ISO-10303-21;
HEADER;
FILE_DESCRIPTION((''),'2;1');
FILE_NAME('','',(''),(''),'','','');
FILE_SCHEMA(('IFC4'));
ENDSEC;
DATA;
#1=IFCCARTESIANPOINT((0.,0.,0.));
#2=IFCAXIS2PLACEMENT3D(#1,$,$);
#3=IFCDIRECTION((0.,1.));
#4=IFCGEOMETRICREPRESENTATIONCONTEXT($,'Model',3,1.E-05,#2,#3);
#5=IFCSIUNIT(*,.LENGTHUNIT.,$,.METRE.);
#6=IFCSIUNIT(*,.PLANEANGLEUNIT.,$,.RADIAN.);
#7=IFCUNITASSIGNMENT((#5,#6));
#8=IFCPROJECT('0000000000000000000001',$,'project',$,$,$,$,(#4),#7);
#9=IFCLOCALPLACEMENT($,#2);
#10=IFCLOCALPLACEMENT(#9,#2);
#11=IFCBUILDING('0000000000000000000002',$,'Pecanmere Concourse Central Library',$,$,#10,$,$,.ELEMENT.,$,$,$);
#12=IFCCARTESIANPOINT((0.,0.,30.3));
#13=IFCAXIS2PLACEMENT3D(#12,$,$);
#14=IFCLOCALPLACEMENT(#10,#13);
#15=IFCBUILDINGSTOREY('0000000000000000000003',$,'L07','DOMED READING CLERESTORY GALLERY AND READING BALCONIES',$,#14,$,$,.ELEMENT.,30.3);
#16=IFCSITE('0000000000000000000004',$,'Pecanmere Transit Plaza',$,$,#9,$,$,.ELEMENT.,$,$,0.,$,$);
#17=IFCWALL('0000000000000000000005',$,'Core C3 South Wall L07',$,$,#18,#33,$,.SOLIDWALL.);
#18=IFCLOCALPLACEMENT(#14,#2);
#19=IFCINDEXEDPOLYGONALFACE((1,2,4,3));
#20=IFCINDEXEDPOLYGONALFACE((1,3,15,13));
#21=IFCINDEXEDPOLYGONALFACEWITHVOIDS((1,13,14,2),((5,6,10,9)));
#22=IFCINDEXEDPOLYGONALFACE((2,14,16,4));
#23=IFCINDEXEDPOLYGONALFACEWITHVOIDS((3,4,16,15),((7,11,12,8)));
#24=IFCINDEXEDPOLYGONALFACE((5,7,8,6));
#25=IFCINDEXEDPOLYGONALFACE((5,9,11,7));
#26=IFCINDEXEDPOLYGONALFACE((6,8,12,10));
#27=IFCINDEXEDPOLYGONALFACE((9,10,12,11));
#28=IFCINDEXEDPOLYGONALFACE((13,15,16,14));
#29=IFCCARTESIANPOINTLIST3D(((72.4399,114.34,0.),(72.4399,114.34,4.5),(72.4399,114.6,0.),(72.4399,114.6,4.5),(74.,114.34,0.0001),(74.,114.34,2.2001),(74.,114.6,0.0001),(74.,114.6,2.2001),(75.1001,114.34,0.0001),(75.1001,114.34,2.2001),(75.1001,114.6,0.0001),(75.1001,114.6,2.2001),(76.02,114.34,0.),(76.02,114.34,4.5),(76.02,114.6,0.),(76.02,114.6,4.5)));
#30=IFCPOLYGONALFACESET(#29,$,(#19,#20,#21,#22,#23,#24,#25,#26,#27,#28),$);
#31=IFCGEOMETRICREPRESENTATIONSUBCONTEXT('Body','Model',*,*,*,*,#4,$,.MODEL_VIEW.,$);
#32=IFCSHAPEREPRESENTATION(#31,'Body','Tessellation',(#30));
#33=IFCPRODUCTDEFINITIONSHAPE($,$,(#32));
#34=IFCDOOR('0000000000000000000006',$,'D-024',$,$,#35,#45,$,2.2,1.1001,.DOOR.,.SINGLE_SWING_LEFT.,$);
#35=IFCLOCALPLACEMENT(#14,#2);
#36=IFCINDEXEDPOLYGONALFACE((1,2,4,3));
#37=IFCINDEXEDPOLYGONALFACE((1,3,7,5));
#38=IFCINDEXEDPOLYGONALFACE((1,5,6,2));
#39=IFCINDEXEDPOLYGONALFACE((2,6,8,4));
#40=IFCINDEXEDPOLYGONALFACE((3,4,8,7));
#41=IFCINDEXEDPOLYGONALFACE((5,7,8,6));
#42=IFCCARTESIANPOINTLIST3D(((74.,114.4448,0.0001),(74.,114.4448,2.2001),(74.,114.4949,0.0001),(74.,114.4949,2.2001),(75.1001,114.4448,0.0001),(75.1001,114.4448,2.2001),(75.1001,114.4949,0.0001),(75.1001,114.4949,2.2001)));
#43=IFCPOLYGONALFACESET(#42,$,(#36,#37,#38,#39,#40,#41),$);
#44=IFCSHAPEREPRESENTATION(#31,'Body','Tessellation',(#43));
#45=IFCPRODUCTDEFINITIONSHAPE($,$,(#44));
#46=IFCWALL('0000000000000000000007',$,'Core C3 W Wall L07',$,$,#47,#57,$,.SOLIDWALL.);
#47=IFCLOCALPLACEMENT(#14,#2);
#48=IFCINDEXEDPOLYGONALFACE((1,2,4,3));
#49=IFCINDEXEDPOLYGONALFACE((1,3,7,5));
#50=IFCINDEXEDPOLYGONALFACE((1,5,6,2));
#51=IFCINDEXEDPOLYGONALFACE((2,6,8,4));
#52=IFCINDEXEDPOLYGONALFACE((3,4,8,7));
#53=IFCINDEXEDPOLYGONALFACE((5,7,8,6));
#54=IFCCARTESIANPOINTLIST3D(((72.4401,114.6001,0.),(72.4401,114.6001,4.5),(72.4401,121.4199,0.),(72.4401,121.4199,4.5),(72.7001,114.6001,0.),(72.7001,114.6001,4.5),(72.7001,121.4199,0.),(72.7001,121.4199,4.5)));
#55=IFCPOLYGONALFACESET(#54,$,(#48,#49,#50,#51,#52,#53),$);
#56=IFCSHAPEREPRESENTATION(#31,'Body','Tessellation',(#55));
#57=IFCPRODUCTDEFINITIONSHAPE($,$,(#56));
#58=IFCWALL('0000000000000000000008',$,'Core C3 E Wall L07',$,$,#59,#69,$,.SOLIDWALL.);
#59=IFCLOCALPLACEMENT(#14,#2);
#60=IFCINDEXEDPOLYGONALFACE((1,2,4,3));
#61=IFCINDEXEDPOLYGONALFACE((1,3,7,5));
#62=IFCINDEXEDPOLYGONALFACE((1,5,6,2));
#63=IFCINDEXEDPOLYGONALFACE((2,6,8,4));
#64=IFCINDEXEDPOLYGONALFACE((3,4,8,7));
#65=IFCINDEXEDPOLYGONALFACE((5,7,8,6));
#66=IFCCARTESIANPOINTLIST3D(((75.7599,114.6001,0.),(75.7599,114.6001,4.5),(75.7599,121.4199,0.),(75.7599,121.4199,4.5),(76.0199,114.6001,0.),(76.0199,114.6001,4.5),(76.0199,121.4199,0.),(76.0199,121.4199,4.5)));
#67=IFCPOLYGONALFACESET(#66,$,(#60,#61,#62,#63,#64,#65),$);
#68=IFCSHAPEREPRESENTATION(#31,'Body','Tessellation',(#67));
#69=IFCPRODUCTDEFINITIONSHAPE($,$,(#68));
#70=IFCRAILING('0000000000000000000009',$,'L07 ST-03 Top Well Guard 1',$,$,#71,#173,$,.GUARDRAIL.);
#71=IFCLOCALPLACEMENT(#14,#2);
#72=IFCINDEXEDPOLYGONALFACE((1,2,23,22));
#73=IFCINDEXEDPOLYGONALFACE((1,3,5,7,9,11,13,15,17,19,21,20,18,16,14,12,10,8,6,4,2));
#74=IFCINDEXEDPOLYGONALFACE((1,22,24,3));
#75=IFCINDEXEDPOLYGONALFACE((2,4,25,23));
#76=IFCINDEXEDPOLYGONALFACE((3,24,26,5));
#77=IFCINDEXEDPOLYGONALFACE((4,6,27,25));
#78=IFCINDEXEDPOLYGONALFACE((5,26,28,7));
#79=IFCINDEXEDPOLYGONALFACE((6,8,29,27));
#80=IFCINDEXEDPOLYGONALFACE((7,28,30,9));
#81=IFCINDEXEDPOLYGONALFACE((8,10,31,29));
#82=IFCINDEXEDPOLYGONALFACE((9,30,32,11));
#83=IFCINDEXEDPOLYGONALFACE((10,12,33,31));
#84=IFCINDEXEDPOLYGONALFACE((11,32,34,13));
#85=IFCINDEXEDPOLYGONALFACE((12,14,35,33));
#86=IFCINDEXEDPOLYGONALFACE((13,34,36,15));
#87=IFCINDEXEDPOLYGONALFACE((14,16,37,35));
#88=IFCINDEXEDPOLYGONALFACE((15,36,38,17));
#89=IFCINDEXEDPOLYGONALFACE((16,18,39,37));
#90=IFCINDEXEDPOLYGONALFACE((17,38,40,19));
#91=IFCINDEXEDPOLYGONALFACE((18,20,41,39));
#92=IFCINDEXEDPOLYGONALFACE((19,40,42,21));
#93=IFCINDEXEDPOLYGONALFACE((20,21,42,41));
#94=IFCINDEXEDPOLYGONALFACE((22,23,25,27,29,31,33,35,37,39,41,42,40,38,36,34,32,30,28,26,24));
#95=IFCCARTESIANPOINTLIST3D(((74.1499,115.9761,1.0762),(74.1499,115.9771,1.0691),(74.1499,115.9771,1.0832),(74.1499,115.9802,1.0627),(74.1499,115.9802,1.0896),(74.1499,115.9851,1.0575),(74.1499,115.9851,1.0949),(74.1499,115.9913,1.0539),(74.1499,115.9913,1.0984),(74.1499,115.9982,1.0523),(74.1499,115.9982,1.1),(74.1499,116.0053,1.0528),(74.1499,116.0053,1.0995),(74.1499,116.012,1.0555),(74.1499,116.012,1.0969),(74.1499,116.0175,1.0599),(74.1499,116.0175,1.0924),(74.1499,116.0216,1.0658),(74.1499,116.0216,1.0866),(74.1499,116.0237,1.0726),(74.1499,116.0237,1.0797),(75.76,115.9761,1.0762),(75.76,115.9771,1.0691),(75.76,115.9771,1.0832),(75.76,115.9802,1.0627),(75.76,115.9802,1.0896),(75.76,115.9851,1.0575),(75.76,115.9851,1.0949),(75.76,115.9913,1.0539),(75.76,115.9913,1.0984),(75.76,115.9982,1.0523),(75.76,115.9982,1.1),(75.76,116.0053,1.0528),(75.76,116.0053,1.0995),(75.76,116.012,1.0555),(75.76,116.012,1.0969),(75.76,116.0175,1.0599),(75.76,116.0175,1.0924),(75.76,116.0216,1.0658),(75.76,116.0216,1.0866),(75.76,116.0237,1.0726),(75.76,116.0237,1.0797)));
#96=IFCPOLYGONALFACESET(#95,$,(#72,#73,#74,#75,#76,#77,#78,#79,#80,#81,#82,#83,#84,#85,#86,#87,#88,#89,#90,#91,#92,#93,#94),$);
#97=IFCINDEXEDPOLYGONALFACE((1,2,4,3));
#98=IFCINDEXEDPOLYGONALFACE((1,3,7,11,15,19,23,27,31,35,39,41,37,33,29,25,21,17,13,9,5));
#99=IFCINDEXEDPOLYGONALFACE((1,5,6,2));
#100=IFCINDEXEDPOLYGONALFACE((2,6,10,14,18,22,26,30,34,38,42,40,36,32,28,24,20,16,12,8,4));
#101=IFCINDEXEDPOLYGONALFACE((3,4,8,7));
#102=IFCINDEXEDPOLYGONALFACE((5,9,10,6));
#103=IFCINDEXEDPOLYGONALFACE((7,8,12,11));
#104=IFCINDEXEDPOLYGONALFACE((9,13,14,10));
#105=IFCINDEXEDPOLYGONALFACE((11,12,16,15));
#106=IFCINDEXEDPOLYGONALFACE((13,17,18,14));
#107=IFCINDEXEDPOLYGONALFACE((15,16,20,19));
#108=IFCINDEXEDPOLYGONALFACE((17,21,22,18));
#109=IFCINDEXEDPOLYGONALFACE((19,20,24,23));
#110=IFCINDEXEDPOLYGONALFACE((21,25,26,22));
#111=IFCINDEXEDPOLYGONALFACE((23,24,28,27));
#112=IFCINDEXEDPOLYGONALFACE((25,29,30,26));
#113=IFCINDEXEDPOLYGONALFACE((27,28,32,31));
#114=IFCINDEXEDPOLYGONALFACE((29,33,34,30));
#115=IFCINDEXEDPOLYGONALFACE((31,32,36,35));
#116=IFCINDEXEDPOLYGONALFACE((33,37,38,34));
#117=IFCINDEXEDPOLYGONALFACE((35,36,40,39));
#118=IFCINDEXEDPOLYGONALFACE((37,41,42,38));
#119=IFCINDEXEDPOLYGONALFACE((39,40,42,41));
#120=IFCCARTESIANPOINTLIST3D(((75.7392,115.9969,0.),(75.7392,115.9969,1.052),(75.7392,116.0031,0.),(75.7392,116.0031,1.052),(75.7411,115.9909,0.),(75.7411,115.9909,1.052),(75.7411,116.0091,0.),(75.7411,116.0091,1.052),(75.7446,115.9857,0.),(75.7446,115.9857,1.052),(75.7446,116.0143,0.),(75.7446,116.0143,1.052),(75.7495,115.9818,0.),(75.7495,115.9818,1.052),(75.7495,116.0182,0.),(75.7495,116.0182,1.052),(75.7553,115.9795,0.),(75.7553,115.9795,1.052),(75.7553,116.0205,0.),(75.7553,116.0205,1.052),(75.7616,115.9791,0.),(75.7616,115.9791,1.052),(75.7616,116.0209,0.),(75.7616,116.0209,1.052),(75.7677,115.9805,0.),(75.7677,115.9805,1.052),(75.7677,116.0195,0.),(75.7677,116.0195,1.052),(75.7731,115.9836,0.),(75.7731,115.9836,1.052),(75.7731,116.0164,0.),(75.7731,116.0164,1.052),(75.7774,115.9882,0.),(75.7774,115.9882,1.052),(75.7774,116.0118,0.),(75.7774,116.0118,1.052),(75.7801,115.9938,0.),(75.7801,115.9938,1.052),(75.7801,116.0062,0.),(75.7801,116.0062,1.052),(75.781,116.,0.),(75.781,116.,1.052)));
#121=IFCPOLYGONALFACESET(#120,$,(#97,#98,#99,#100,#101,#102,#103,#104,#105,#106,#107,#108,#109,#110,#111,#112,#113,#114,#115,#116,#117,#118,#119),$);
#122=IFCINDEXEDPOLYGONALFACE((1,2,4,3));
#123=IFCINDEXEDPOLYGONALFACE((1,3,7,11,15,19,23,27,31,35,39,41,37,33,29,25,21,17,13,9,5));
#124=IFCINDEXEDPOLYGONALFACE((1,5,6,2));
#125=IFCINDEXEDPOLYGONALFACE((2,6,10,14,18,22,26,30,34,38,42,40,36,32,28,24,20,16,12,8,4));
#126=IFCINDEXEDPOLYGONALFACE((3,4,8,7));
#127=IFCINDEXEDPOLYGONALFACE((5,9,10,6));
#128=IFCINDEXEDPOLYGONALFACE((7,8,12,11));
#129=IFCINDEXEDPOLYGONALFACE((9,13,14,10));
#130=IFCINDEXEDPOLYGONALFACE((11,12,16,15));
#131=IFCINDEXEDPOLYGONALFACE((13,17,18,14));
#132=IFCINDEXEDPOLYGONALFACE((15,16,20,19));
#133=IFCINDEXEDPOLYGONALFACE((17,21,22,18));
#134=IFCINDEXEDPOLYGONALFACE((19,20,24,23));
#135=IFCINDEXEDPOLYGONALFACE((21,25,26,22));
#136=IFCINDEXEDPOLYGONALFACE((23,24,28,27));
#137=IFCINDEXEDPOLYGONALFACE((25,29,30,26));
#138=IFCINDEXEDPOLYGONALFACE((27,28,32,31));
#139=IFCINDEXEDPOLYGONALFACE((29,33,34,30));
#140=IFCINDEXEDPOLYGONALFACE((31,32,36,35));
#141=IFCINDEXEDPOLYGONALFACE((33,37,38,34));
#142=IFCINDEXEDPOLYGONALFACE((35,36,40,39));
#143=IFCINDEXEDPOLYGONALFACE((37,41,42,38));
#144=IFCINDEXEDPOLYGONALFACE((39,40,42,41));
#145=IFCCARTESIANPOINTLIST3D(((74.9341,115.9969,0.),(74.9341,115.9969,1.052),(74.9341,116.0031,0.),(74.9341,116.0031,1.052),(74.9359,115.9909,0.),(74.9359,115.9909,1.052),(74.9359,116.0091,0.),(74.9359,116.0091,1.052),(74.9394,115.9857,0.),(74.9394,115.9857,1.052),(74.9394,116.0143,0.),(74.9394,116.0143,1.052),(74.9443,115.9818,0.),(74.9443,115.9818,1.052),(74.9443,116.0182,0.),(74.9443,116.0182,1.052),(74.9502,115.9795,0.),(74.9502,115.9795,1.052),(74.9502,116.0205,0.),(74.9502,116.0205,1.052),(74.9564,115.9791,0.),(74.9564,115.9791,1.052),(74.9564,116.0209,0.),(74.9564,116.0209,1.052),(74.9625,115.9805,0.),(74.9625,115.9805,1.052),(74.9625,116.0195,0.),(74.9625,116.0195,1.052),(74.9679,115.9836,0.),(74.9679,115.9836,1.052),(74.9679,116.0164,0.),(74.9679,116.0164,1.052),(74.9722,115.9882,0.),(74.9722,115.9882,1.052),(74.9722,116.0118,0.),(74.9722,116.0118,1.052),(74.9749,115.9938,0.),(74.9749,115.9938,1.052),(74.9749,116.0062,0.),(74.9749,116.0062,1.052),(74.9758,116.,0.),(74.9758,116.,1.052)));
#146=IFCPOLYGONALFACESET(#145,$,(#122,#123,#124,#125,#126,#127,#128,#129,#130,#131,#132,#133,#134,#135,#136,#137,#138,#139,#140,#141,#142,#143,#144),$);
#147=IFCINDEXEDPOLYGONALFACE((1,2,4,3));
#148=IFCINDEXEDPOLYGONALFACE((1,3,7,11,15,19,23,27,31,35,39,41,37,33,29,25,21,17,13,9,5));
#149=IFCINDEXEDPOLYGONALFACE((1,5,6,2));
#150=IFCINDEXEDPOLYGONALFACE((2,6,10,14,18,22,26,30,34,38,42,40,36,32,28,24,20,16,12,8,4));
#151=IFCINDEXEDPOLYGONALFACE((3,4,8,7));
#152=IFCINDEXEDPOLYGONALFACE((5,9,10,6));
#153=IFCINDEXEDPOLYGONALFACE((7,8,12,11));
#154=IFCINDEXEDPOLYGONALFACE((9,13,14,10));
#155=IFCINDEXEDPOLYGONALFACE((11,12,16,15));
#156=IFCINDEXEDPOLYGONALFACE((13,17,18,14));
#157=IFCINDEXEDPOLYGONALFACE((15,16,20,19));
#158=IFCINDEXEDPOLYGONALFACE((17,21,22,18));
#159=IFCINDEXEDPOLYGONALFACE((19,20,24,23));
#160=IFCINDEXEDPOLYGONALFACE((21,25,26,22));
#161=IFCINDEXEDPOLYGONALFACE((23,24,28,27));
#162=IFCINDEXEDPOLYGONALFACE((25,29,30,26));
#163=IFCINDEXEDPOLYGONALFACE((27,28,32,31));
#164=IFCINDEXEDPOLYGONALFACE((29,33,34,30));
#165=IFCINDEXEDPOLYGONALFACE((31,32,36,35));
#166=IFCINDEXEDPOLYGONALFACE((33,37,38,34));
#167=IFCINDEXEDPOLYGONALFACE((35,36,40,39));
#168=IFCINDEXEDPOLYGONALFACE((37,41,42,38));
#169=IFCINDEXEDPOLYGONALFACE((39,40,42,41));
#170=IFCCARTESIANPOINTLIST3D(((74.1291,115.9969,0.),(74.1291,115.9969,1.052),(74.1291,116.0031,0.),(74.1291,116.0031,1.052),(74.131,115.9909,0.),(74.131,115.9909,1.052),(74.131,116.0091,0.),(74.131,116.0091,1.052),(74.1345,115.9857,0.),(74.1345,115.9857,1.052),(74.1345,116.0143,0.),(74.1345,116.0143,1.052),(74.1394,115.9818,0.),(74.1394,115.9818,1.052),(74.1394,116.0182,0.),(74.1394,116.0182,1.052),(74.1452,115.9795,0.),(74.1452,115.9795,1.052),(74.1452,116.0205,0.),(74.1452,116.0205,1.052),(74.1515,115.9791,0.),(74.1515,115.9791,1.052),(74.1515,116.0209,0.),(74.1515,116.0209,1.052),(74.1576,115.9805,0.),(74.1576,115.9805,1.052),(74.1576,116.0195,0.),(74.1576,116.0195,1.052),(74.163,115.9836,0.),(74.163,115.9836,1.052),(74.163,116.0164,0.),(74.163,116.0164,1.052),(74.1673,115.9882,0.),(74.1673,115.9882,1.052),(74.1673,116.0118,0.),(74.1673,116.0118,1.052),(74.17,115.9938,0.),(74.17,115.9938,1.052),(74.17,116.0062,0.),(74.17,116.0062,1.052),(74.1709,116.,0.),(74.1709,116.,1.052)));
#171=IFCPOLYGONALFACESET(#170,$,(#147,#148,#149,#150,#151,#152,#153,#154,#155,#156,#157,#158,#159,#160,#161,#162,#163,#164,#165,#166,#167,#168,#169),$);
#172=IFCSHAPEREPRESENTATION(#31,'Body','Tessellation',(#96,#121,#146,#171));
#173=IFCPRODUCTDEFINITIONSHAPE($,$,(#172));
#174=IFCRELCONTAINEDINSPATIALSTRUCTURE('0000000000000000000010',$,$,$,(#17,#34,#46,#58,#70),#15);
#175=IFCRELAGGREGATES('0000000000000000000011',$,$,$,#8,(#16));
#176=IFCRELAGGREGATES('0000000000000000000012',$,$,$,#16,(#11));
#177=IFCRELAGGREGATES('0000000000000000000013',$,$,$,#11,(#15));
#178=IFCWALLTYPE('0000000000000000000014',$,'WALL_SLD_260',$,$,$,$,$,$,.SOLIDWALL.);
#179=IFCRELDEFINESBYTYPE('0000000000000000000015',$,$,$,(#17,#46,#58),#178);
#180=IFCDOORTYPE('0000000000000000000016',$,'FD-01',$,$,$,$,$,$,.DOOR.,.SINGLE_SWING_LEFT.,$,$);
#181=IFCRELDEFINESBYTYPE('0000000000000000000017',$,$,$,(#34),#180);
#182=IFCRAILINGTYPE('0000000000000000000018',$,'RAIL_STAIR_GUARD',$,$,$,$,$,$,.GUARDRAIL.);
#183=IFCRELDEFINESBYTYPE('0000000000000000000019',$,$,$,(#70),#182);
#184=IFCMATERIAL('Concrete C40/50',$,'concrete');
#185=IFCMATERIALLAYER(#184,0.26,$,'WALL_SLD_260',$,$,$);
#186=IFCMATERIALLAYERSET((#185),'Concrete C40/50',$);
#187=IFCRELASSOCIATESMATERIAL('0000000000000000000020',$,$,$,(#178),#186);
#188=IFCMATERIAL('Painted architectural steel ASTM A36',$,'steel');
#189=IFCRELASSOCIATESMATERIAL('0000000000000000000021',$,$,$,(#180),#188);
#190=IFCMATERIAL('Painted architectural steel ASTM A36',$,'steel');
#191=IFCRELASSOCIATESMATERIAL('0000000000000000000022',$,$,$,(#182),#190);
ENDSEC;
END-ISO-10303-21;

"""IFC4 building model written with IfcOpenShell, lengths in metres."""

from ifc_helpers import new_model, si_unit, direction, frame, frame_2d, origin, origin_2d, place, context, subcontext, project, spatial, rectangle, circle, extrude, material, layer, layer_set, type_object, element, fill, save


model = new_model("IFC4")

# Units and contexts
model_context = context("Model", 3, precision=1e-05, world=origin(), true_north=direction((0.0, 1.0)))
body_context = subcontext(model_context, "Body", "Model", "MODEL_VIEW")
ifc_project = project(units=[si_unit("LENGTHUNIT", "METRE"), si_unit("PLANEANGLEUNIT", "RADIAN")], contexts=[model_context])

# Site, building, storey
site_placement = place(None, origin())
site = spatial("IfcSite", under=ifc_project, at=site_placement, Name="Pecanmere Transit Plaza", CompositionType="ELEMENT", RefElevation=0.0)
building_placement = place(site_placement, origin())
building = spatial("IfcBuilding", under=site, at=building_placement, Name="Pecanmere Concourse Central Library", CompositionType="ELEMENT")
storey_placement = place(building_placement, frame((0.0, 0.0, 30.3)))
storey = spatial("IfcBuildingStorey", under=building, at=storey_placement, Name="L07", Description="DOMED READING CLERESTORY GALLERY AND READING BALCONIES", CompositionType="ELEMENT", Elevation=30.3)

# Wall, opening, door
ifc_material_1 = material(Name="Concrete C40/50", Category="concrete")
ifc_layer_1 = layer(ifc_material_1, 0.26, Name="WALL_SLD_260")
ifc_layer_set_1 = layer_set([ifc_layer_1], Name="Concrete C40/50")
wall_type_1 = type_object("IfcWallType", Name="WALL_SLD_260", PredefinedType="SOLIDWALL", material=ifc_layer_set_1)
wall_1_placement = place(storey_placement, frame((72.4399, 114.47, 0.0), z_axis=(0.0, 0.0, 1.0), x_axis=(1.0, 0.0, 0.0)))
wall_1 = element("IfcWall", 1, at=wall_1_placement, inside=storey, type_object=wall_type_1, Name="Core C3 South Wall L07", PredefinedType="SOLIDWALL", context=body_context, shape_type="SweptSolid", body=[
    extrude(rectangle(XDim=3.5801, YDim=0.26, at=frame_2d((1.79, 0.0))), origin(), (0.0, 0.0, 1.0), 4.5),
])
opening_1_placement = place(wall_1_placement, frame((1.5601, 0.0, 0.0)))
opening_1 = element("IfcOpeningElement", 2, at=opening_1_placement, cuts=wall_1, PredefinedType="OPENING", context=body_context, shape_type="SweptSolid", body=[
    extrude(rectangle(XDim=1.1001, YDim=2.2, at=frame_2d((0.55, 1.1001))), frame((0.0, 0.1421, 0.0), z_axis=(0.0, -1.0, 0.0), x_axis=(1.0, 0.0, 0.0)), (0.0, 0.0, 1.0), 0.2839),
])
ifc_material_2 = material(Name="Painted architectural steel ASTM A36", Category="steel")
door_type_1 = type_object("IfcDoorType", Name="FD-01", OperationType="SINGLE_SWING_LEFT", PredefinedType="DOOR", material=ifc_material_2)
door_1_placement = place(opening_1_placement, origin())
door_1 = element("IfcDoor", 3, at=door_1_placement, inside=storey, type_object=door_type_1, Name="D-024", OperationType="SINGLE_SWING_LEFT", OverallHeight=2.2, OverallWidth=1.1001, PredefinedType="DOOR", context=body_context, shape_type="SweptSolid", body=[
    extrude(rectangle(XDim=1.1001, YDim=2.2, at=frame_2d((0.55, 1.1001))), frame((0.0, 0.0249, 0.0), z_axis=(0.0, -1.0, 0.0), x_axis=(1.0, 0.0, 0.0)), (0.0, 0.0, 1.0), 0.05),
])
fill(opening_1, door_1)

# Walls
for number, where, z_axis, x_axis, name in (
    (4, (72.5701, 114.6001, 0.0), (0.0, 0.0, 1.0), (0.0, 1.0, 0.0), "Core C3 W Wall L07"),
    (5, (75.8899, 114.6001, 0.0), (0.0, 0.0, 1.0), (0.0, 1.0, 0.0), "Core C3 E Wall L07"),
):
    element("IfcWall", number, at=place(storey_placement, frame(where, z_axis=z_axis, x_axis=x_axis)), inside=storey, type_object=wall_type_1, Name=name, PredefinedType="SOLIDWALL", context=body_context, shape_type="SweptSolid", body=[
        extrude(rectangle(XDim=6.8198, YDim=0.26, at=frame_2d((3.4099, 0.0))), origin(), (0.0, 0.0, 1.0), 4.5),
    ])

# Railing
ifc_material_3 = material(Name="Painted architectural steel ASTM A36", Category="steel")
railing_type = type_object("IfcRailingType", Name="RAIL_STAIR_GUARD", PredefinedType="GUARDRAIL", material=ifc_material_3)
railing_placement = place(storey_placement, frame((75.76, 116.0, 0.0)))
element("IfcRailing", 6, at=railing_placement, inside=storey, type_object=railing_type, Name="L07 ST-03 Top Well Guard 1", PredefinedType="GUARDRAIL", context=body_context, shape_type="SweptSolid", body=[
    extrude(circle(Radius=0.0239, at=origin_2d()), frame((0.0, 0.0, 1.0762), z_axis=(-1.0, 0.0, 0.0), x_axis=(0.0, -1.0, 0.0)), (0.0, 0.0, 1.0), 1.6101),
    extrude(circle(Radius=0.021, at=origin_2d()), origin(), (0.0, 0.0, 1.0), 1.052),
    extrude(circle(Radius=0.021, at=origin_2d()), frame((-0.8052, 0.0, 0.0)), (0.0, 0.0, 1.0), 1.052),
    extrude(circle(Radius=0.021, at=origin_2d()), frame((-1.6101, 0.0, 0.0)), (0.0, 0.0, 1.0), 1.052),
])

save(model, "model.ifc")
